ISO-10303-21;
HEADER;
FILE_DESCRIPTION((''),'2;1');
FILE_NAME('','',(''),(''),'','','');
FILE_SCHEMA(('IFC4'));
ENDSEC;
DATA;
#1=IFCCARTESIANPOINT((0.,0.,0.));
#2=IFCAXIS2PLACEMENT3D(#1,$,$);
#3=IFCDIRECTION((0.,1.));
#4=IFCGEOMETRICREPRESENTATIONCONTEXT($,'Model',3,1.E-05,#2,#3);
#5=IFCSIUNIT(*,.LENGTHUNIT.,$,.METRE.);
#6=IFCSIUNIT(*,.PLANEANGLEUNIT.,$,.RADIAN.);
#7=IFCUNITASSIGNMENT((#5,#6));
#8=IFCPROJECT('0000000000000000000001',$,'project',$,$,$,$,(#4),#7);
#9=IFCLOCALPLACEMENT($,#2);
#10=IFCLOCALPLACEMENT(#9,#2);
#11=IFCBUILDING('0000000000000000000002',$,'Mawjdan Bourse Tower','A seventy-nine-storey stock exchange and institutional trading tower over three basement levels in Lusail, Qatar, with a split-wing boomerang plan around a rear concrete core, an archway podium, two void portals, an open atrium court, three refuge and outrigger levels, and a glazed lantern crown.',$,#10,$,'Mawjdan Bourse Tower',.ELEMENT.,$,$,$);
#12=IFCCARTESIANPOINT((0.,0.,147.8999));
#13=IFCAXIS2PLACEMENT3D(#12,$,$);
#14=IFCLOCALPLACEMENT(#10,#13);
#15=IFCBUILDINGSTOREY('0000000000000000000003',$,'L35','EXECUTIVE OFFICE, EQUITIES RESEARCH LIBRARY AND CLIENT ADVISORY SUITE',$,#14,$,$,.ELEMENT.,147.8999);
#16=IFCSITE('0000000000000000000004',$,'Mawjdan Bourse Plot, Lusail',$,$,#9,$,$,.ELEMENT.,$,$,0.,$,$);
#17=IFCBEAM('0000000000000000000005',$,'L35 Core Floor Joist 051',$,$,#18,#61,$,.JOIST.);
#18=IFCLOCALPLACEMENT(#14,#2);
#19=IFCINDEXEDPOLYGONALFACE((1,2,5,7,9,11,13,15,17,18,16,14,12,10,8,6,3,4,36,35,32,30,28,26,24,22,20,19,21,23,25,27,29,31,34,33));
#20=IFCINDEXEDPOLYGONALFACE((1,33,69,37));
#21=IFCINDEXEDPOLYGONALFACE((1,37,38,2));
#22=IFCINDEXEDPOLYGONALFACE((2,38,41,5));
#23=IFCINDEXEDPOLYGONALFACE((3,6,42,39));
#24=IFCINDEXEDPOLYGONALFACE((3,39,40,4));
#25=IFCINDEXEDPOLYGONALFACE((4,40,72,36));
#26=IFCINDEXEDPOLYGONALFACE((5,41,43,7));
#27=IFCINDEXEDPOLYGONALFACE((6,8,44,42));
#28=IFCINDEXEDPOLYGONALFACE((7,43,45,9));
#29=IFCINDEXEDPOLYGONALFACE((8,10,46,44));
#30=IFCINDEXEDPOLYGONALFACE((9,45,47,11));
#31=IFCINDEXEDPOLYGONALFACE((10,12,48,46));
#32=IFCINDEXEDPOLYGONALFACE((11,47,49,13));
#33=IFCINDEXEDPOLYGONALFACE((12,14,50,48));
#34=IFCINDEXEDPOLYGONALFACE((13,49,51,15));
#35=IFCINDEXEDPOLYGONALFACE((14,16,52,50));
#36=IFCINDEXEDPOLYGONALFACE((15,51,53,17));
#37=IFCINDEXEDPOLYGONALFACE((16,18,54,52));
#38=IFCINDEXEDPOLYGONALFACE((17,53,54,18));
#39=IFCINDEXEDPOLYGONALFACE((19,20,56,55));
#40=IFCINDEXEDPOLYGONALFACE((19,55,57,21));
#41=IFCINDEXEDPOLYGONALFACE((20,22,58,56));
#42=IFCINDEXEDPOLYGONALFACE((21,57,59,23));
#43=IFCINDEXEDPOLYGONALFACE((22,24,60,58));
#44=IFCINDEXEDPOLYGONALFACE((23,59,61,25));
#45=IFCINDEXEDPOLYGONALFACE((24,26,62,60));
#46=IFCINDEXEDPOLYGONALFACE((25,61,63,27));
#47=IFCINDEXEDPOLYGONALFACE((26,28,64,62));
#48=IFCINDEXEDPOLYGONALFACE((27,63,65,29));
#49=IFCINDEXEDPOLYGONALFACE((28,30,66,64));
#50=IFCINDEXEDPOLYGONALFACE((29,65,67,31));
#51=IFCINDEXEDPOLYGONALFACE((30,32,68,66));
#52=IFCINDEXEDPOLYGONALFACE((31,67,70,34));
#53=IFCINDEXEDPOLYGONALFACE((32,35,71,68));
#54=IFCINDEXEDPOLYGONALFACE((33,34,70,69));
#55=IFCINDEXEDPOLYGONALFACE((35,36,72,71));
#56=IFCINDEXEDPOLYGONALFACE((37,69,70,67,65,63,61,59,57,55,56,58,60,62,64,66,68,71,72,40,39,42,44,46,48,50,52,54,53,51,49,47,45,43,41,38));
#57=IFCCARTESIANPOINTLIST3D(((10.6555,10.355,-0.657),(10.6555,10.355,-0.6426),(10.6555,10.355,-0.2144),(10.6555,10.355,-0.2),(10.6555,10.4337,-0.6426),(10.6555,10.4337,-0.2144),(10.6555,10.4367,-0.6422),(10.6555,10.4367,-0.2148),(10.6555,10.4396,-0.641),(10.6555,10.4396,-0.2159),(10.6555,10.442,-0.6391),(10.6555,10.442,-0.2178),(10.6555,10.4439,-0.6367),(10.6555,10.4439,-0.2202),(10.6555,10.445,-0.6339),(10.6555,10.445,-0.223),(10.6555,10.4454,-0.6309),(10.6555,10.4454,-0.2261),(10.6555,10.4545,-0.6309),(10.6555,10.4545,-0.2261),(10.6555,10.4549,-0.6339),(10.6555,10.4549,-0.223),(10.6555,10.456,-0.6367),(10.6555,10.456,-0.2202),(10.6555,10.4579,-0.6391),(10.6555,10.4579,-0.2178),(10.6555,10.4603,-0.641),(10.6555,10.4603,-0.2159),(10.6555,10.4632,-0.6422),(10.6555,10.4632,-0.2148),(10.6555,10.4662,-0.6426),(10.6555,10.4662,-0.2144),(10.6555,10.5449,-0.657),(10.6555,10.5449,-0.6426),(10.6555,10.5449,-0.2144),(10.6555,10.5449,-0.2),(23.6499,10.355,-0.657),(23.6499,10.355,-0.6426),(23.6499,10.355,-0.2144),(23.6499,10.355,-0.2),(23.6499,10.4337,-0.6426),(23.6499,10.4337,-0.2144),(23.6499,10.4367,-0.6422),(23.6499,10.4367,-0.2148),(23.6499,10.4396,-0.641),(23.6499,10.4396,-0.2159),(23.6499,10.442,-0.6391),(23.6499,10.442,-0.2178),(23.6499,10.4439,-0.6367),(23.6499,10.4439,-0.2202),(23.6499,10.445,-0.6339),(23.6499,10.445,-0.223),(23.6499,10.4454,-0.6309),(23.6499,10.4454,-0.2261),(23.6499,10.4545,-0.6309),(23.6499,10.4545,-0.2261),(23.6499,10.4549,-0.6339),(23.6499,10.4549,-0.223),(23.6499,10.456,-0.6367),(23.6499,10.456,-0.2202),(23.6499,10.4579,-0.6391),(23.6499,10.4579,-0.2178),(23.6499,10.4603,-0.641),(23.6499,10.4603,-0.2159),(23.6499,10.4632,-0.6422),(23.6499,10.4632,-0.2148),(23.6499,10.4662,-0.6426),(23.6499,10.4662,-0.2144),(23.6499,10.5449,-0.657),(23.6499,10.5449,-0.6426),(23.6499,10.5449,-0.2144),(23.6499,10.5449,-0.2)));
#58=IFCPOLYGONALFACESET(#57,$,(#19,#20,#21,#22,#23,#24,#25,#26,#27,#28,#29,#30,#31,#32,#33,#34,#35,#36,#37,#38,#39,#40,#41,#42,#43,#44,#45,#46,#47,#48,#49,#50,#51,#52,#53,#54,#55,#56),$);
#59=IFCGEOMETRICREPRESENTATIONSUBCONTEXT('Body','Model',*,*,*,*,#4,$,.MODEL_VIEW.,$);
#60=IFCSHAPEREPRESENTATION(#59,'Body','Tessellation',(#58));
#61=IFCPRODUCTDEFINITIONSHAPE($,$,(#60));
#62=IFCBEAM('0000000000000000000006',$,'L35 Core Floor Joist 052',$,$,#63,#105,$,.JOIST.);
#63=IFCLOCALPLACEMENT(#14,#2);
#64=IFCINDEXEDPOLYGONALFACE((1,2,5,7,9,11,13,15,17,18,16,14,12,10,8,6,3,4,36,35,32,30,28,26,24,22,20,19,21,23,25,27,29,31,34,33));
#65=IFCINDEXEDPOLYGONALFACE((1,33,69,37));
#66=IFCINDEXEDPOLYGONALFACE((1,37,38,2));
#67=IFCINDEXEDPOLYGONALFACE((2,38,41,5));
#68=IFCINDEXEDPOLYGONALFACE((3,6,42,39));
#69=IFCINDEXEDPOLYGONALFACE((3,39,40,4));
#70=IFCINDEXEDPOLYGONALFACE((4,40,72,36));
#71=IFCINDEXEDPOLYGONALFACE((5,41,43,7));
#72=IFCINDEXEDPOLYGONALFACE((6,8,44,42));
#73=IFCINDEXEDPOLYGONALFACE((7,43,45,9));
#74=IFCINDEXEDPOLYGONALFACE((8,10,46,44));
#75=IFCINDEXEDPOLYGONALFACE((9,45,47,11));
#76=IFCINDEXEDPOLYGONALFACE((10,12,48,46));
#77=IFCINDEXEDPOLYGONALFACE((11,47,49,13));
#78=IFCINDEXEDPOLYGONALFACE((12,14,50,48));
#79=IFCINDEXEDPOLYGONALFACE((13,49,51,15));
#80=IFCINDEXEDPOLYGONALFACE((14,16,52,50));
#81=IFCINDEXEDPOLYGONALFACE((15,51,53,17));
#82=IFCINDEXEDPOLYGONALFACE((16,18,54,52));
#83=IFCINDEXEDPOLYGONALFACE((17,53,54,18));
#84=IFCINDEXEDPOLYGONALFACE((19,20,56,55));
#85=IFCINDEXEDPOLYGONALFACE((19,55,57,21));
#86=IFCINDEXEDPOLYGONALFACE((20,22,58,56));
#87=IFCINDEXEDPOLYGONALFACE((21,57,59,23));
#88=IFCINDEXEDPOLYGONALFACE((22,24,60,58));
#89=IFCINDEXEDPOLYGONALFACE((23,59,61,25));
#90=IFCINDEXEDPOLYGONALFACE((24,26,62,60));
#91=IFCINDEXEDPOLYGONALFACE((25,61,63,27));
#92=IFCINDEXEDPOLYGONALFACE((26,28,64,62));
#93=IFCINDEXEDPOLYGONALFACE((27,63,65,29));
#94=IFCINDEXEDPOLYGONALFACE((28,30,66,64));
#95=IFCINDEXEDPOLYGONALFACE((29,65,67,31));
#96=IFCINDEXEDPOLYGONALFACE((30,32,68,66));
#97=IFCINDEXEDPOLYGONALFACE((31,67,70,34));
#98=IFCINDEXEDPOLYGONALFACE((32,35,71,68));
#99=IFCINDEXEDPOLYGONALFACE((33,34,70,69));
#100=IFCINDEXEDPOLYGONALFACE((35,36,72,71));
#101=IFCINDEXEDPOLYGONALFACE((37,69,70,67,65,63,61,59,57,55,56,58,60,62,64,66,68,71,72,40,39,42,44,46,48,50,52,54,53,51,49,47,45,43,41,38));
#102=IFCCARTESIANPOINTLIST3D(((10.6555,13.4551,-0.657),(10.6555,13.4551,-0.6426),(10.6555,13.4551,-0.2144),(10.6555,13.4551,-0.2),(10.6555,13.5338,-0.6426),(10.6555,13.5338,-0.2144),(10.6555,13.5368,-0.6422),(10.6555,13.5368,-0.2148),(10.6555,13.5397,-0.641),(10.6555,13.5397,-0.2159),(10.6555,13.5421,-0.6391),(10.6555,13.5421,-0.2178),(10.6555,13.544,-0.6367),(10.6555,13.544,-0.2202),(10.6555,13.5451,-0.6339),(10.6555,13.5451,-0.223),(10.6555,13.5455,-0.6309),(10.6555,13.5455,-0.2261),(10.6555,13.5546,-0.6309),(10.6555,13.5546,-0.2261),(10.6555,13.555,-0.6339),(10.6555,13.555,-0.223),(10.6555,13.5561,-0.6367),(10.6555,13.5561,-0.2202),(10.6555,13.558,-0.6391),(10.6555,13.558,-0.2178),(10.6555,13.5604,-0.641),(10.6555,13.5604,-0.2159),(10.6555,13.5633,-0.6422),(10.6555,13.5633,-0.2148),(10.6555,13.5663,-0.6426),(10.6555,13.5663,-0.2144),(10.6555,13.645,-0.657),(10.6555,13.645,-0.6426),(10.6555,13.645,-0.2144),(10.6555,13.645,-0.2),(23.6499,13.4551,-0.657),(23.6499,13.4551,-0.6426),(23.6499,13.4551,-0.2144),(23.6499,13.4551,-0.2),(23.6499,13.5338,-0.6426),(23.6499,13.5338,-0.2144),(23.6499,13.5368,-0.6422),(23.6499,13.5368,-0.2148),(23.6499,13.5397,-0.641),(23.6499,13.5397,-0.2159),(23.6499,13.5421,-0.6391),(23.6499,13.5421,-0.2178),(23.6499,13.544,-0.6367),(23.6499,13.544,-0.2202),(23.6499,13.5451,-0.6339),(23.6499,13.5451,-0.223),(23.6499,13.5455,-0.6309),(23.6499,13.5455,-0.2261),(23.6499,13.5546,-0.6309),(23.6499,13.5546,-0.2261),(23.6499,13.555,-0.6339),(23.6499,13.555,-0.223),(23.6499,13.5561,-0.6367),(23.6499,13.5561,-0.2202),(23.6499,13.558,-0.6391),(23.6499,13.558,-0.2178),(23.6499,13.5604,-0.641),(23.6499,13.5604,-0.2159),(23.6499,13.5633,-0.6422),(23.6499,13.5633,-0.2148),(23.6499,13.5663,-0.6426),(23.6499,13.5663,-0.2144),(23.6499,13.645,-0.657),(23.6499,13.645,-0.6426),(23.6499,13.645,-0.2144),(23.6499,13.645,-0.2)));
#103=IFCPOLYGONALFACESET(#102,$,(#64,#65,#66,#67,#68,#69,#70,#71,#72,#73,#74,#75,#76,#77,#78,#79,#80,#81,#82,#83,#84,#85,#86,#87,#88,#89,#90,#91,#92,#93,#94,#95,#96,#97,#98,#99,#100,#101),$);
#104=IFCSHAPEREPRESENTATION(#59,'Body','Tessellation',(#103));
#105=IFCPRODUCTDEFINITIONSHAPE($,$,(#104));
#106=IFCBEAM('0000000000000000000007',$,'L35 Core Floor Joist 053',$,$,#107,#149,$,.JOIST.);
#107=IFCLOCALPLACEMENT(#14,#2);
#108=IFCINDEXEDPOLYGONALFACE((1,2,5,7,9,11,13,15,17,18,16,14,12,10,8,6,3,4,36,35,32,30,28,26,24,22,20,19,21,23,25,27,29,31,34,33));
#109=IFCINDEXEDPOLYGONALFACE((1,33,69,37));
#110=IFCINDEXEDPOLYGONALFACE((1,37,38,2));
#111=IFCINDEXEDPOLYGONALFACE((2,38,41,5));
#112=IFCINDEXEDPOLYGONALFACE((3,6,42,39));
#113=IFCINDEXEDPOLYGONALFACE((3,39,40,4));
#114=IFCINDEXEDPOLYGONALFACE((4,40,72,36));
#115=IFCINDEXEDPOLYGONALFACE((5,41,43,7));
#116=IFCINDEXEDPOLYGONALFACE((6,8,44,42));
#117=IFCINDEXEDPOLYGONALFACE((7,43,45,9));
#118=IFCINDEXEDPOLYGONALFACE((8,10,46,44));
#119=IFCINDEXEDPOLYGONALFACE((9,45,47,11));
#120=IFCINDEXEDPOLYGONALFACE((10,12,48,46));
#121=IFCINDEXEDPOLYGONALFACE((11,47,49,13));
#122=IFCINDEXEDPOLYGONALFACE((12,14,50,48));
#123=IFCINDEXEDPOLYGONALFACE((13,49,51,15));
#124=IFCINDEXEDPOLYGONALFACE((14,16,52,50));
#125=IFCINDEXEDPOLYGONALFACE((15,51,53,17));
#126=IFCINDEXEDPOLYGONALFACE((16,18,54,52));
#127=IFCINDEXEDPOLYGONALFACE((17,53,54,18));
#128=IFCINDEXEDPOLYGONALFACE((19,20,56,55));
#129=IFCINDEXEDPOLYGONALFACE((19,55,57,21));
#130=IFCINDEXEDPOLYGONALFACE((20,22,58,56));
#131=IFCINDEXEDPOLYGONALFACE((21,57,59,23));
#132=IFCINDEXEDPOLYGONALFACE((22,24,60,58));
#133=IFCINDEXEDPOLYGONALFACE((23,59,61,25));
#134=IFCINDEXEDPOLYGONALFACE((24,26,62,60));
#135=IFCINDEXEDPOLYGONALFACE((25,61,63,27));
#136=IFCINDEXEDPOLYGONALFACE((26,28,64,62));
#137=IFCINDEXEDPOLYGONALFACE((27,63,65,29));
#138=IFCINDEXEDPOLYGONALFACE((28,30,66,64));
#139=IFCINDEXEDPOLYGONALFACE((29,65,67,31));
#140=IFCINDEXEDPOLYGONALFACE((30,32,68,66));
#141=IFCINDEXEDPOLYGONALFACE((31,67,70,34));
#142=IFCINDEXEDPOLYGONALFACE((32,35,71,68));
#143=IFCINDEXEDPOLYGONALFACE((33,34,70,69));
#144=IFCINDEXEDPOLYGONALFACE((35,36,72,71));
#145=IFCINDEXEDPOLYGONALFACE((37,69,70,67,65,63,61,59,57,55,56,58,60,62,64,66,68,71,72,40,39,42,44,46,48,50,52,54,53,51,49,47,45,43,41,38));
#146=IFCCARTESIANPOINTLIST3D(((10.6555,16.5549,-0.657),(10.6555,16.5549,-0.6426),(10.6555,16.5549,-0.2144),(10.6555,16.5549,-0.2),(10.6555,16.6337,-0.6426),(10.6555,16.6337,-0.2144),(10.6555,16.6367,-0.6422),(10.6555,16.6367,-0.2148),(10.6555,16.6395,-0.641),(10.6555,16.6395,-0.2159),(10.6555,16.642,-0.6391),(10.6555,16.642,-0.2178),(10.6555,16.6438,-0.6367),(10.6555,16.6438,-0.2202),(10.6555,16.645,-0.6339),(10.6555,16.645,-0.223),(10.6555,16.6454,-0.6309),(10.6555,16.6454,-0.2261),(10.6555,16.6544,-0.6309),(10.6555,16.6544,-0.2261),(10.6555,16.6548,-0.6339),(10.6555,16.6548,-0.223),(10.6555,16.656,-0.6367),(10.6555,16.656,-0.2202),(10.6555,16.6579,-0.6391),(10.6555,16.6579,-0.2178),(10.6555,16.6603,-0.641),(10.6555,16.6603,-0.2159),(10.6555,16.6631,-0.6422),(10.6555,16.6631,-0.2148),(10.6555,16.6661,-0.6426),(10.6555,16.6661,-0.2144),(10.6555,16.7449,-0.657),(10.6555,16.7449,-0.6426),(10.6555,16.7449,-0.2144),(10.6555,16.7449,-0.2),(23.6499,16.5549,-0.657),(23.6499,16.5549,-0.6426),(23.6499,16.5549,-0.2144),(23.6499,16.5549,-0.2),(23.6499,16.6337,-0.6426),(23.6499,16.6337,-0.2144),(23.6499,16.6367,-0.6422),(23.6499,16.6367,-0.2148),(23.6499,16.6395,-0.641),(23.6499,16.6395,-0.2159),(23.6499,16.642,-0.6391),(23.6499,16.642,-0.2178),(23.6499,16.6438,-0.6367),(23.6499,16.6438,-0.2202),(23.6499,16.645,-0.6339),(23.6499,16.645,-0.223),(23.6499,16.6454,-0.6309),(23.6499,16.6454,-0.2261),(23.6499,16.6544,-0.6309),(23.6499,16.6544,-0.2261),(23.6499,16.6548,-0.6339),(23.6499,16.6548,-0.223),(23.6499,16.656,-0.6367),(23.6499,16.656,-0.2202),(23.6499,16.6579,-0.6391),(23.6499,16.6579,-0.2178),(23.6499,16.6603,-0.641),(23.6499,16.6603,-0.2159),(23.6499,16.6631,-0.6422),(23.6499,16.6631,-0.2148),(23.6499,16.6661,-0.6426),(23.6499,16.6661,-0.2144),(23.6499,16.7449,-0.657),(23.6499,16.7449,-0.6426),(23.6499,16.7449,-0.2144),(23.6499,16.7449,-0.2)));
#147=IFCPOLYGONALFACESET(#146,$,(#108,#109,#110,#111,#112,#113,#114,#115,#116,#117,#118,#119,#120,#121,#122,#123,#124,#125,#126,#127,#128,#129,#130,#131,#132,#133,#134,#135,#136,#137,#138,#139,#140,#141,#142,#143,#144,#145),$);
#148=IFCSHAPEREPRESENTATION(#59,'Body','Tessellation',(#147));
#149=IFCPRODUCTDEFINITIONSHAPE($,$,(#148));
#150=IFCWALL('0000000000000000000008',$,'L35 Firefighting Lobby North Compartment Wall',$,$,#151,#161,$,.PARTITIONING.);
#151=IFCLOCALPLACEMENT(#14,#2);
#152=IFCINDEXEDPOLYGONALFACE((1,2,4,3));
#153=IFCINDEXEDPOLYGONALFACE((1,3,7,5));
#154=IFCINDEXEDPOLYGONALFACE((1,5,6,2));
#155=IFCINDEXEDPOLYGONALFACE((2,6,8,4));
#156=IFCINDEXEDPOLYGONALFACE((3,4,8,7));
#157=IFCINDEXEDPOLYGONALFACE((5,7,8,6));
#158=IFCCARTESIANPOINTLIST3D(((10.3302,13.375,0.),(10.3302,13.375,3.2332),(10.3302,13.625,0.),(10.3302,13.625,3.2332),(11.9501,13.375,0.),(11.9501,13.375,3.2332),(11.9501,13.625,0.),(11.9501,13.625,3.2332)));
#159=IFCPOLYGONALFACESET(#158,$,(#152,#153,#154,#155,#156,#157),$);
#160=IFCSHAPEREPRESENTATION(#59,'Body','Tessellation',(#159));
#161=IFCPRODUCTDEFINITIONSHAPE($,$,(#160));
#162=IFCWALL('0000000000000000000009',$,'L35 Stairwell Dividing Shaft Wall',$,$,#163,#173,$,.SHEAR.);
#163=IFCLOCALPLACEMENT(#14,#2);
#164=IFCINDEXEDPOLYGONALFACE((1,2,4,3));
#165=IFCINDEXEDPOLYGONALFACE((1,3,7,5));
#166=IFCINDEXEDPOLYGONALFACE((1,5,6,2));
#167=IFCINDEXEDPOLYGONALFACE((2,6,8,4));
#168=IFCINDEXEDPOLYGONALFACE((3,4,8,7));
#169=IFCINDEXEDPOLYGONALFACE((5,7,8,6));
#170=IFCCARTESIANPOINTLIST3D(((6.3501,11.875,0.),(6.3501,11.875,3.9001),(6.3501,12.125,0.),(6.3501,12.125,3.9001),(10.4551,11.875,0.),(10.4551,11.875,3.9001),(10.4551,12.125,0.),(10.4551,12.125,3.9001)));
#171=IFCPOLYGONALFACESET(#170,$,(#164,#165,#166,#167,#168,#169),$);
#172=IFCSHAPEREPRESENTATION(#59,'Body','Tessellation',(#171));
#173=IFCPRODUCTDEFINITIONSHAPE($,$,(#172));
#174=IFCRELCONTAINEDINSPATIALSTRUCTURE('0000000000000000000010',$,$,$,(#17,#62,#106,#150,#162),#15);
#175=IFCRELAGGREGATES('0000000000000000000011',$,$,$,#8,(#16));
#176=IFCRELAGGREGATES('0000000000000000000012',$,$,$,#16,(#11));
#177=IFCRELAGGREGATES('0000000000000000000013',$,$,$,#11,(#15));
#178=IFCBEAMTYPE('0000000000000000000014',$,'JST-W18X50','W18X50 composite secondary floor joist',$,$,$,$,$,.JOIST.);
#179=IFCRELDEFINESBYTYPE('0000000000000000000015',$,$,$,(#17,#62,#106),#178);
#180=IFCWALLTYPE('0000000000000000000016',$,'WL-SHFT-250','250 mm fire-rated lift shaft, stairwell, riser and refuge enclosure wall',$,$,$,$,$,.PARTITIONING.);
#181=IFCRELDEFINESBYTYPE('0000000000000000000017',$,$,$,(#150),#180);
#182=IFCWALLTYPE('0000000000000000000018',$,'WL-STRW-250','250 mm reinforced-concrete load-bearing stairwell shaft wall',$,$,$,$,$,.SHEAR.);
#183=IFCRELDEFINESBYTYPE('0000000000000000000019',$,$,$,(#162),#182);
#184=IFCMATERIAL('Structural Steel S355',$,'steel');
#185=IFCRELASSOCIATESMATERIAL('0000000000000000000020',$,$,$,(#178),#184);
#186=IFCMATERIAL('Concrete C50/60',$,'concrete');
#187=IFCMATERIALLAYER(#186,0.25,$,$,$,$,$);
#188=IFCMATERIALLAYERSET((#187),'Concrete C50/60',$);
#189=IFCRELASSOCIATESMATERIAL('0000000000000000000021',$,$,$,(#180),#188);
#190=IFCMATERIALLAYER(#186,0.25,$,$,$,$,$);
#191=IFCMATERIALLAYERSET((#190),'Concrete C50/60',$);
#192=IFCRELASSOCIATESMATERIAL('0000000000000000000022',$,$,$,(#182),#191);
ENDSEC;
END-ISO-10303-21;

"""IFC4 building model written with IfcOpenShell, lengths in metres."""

from ifc_helpers import new_model, si_unit, direction, frame, frame_2d, origin, origin_2d, place, context, subcontext, project, spatial, rectangle, i_section, extrude, material, layer, layer_set, material_profile, profile_set, type_object, element, save


model = new_model("IFC4")

# Units and contexts
model_context = context("Model", 3, precision=1e-05, world=origin(), true_north=direction((0.0, 1.0)))
body_context = subcontext(model_context, "Body", "Model", "MODEL_VIEW")
ifc_project = project(units=[si_unit("LENGTHUNIT", "METRE"), si_unit("PLANEANGLEUNIT", "RADIAN")], contexts=[model_context])

# Site, building, storey
site_placement = place(None, origin())
site = spatial("IfcSite", under=ifc_project, at=site_placement, Name="Mawjdan Bourse Plot, Lusail", CompositionType="ELEMENT", RefElevation=0.0)
building_placement = place(site_placement, origin())
building = spatial("IfcBuilding", under=site, at=building_placement, Name="Mawjdan Bourse Tower", Description="A seventy-nine-storey stock exchange and institutional trading tower over three basement levels in Lusail, Qatar, with a split-wing boomerang plan around a rear concrete core, an archway podium, two void portals, an open atrium court, three refuge and outrigger levels, and a glazed lantern crown.", LongName="Mawjdan Bourse Tower", CompositionType="ELEMENT")
storey_placement = place(building_placement, frame((0.0, 0.0, 147.8999)))
storey = spatial("IfcBuildingStorey", under=building, at=storey_placement, Name="L35", Description="EXECUTIVE OFFICE, EQUITIES RESEARCH LIBRARY AND CLIENT ADVISORY SUITE", CompositionType="ELEMENT", Elevation=147.8999)

# Beams
ifc_material_1 = material(Name="Structural Steel S355", Category="steel")
ifc_material_profile = material_profile(ifc_material_1, i_section(OverallWidth=0.1899, OverallDepth=0.457, WebThickness=0.009, FlangeThickness=0.0144, FilletRadius=0.0117, at=origin_2d()), Name="W18X50")
ifc_profile_set = profile_set([ifc_material_profile], Name="Structural Steel S355")
beam_type = type_object("IfcBeamType", Name="JST-W18X50", Description="W18X50 composite secondary floor joist", PredefinedType="JOIST", material=ifc_profile_set)
for number, where, z_axis, x_axis, name in (
    (1, (10.6555, 10.45, -0.4285), (1.0, 0.0, 0.0), (0.0, 1.0, 0.0), "L35 Core Floor Joist 051"),
    (2, (10.6555, 13.55, -0.4285), (1.0, 0.0, 0.0), (0.0, 1.0, 0.0), "L35 Core Floor Joist 052"),
    (3, (10.6555, 16.6499, -0.4285), (1.0, 0.0, 0.0), (0.0, 1.0, 0.0), "L35 Core Floor Joist 053"),
):
    element("IfcBeam", number, at=place(storey_placement, frame(where, z_axis=z_axis, x_axis=x_axis)), inside=storey, type_object=beam_type, Name=name, PredefinedType="JOIST", context=body_context, shape_type="SweptSolid", body=[
        extrude(i_section(OverallWidth=0.1899, OverallDepth=0.457, WebThickness=0.009, FlangeThickness=0.0144, FilletRadius=0.0117, at=origin_2d()), origin(), (0.0, 0.0, 1.0), 12.9944),
    ])

# Walls
ifc_material_2 = material(Name="Concrete C50/60", Category="concrete")
ifc_layer_1 = layer(ifc_material_2, 0.25)
ifc_layer_set_1 = layer_set([ifc_layer_1], Name="Concrete C50/60")
wall_type_1 = type_object("IfcWallType", Name="WL-SHFT-250", Description="250 mm fire-rated lift shaft, stairwell, riser and refuge enclosure wall", PredefinedType="PARTITIONING", material=ifc_layer_set_1)
wall_1_placement = place(storey_placement, frame((10.3301, 13.5, 0.0), z_axis=(0.0, 0.0, 1.0), x_axis=(1.0, 0.0, 0.0)))
element("IfcWall", 4, at=wall_1_placement, inside=storey, type_object=wall_type_1, Name="L35 Firefighting Lobby North Compartment Wall", PredefinedType="PARTITIONING", context=body_context, shape_type="SweptSolid", body=[
    extrude(rectangle(XDim=1.6199, YDim=0.25, at=frame_2d((0.8101, 0.0))), origin(), (0.0, 0.0, 1.0), 3.2332),
])
ifc_layer_2 = layer(ifc_material_2, 0.25)
ifc_layer_set_2 = layer_set([ifc_layer_2], Name="Concrete C50/60")
wall_type_2 = type_object("IfcWallType", Name="WL-STRW-250", Description="250 mm reinforced-concrete load-bearing stairwell shaft wall", PredefinedType="SHEAR", material=ifc_layer_set_2)
wall_2_placement = place(storey_placement, frame((6.3501, 12.0, 0.0), z_axis=(0.0, 0.0, 1.0), x_axis=(1.0, 0.0, 0.0)))
element("IfcWall", 5, at=wall_2_placement, inside=storey, type_object=wall_type_2, Name="L35 Stairwell Dividing Shaft Wall", PredefinedType="SHEAR", context=body_context, shape_type="SweptSolid", body=[
    extrude(rectangle(XDim=4.105, YDim=0.25, at=frame_2d((2.0525, 0.0))), origin(), (0.0, 0.0, 1.0), 3.9001),
])

save(model, "model.ifc")
